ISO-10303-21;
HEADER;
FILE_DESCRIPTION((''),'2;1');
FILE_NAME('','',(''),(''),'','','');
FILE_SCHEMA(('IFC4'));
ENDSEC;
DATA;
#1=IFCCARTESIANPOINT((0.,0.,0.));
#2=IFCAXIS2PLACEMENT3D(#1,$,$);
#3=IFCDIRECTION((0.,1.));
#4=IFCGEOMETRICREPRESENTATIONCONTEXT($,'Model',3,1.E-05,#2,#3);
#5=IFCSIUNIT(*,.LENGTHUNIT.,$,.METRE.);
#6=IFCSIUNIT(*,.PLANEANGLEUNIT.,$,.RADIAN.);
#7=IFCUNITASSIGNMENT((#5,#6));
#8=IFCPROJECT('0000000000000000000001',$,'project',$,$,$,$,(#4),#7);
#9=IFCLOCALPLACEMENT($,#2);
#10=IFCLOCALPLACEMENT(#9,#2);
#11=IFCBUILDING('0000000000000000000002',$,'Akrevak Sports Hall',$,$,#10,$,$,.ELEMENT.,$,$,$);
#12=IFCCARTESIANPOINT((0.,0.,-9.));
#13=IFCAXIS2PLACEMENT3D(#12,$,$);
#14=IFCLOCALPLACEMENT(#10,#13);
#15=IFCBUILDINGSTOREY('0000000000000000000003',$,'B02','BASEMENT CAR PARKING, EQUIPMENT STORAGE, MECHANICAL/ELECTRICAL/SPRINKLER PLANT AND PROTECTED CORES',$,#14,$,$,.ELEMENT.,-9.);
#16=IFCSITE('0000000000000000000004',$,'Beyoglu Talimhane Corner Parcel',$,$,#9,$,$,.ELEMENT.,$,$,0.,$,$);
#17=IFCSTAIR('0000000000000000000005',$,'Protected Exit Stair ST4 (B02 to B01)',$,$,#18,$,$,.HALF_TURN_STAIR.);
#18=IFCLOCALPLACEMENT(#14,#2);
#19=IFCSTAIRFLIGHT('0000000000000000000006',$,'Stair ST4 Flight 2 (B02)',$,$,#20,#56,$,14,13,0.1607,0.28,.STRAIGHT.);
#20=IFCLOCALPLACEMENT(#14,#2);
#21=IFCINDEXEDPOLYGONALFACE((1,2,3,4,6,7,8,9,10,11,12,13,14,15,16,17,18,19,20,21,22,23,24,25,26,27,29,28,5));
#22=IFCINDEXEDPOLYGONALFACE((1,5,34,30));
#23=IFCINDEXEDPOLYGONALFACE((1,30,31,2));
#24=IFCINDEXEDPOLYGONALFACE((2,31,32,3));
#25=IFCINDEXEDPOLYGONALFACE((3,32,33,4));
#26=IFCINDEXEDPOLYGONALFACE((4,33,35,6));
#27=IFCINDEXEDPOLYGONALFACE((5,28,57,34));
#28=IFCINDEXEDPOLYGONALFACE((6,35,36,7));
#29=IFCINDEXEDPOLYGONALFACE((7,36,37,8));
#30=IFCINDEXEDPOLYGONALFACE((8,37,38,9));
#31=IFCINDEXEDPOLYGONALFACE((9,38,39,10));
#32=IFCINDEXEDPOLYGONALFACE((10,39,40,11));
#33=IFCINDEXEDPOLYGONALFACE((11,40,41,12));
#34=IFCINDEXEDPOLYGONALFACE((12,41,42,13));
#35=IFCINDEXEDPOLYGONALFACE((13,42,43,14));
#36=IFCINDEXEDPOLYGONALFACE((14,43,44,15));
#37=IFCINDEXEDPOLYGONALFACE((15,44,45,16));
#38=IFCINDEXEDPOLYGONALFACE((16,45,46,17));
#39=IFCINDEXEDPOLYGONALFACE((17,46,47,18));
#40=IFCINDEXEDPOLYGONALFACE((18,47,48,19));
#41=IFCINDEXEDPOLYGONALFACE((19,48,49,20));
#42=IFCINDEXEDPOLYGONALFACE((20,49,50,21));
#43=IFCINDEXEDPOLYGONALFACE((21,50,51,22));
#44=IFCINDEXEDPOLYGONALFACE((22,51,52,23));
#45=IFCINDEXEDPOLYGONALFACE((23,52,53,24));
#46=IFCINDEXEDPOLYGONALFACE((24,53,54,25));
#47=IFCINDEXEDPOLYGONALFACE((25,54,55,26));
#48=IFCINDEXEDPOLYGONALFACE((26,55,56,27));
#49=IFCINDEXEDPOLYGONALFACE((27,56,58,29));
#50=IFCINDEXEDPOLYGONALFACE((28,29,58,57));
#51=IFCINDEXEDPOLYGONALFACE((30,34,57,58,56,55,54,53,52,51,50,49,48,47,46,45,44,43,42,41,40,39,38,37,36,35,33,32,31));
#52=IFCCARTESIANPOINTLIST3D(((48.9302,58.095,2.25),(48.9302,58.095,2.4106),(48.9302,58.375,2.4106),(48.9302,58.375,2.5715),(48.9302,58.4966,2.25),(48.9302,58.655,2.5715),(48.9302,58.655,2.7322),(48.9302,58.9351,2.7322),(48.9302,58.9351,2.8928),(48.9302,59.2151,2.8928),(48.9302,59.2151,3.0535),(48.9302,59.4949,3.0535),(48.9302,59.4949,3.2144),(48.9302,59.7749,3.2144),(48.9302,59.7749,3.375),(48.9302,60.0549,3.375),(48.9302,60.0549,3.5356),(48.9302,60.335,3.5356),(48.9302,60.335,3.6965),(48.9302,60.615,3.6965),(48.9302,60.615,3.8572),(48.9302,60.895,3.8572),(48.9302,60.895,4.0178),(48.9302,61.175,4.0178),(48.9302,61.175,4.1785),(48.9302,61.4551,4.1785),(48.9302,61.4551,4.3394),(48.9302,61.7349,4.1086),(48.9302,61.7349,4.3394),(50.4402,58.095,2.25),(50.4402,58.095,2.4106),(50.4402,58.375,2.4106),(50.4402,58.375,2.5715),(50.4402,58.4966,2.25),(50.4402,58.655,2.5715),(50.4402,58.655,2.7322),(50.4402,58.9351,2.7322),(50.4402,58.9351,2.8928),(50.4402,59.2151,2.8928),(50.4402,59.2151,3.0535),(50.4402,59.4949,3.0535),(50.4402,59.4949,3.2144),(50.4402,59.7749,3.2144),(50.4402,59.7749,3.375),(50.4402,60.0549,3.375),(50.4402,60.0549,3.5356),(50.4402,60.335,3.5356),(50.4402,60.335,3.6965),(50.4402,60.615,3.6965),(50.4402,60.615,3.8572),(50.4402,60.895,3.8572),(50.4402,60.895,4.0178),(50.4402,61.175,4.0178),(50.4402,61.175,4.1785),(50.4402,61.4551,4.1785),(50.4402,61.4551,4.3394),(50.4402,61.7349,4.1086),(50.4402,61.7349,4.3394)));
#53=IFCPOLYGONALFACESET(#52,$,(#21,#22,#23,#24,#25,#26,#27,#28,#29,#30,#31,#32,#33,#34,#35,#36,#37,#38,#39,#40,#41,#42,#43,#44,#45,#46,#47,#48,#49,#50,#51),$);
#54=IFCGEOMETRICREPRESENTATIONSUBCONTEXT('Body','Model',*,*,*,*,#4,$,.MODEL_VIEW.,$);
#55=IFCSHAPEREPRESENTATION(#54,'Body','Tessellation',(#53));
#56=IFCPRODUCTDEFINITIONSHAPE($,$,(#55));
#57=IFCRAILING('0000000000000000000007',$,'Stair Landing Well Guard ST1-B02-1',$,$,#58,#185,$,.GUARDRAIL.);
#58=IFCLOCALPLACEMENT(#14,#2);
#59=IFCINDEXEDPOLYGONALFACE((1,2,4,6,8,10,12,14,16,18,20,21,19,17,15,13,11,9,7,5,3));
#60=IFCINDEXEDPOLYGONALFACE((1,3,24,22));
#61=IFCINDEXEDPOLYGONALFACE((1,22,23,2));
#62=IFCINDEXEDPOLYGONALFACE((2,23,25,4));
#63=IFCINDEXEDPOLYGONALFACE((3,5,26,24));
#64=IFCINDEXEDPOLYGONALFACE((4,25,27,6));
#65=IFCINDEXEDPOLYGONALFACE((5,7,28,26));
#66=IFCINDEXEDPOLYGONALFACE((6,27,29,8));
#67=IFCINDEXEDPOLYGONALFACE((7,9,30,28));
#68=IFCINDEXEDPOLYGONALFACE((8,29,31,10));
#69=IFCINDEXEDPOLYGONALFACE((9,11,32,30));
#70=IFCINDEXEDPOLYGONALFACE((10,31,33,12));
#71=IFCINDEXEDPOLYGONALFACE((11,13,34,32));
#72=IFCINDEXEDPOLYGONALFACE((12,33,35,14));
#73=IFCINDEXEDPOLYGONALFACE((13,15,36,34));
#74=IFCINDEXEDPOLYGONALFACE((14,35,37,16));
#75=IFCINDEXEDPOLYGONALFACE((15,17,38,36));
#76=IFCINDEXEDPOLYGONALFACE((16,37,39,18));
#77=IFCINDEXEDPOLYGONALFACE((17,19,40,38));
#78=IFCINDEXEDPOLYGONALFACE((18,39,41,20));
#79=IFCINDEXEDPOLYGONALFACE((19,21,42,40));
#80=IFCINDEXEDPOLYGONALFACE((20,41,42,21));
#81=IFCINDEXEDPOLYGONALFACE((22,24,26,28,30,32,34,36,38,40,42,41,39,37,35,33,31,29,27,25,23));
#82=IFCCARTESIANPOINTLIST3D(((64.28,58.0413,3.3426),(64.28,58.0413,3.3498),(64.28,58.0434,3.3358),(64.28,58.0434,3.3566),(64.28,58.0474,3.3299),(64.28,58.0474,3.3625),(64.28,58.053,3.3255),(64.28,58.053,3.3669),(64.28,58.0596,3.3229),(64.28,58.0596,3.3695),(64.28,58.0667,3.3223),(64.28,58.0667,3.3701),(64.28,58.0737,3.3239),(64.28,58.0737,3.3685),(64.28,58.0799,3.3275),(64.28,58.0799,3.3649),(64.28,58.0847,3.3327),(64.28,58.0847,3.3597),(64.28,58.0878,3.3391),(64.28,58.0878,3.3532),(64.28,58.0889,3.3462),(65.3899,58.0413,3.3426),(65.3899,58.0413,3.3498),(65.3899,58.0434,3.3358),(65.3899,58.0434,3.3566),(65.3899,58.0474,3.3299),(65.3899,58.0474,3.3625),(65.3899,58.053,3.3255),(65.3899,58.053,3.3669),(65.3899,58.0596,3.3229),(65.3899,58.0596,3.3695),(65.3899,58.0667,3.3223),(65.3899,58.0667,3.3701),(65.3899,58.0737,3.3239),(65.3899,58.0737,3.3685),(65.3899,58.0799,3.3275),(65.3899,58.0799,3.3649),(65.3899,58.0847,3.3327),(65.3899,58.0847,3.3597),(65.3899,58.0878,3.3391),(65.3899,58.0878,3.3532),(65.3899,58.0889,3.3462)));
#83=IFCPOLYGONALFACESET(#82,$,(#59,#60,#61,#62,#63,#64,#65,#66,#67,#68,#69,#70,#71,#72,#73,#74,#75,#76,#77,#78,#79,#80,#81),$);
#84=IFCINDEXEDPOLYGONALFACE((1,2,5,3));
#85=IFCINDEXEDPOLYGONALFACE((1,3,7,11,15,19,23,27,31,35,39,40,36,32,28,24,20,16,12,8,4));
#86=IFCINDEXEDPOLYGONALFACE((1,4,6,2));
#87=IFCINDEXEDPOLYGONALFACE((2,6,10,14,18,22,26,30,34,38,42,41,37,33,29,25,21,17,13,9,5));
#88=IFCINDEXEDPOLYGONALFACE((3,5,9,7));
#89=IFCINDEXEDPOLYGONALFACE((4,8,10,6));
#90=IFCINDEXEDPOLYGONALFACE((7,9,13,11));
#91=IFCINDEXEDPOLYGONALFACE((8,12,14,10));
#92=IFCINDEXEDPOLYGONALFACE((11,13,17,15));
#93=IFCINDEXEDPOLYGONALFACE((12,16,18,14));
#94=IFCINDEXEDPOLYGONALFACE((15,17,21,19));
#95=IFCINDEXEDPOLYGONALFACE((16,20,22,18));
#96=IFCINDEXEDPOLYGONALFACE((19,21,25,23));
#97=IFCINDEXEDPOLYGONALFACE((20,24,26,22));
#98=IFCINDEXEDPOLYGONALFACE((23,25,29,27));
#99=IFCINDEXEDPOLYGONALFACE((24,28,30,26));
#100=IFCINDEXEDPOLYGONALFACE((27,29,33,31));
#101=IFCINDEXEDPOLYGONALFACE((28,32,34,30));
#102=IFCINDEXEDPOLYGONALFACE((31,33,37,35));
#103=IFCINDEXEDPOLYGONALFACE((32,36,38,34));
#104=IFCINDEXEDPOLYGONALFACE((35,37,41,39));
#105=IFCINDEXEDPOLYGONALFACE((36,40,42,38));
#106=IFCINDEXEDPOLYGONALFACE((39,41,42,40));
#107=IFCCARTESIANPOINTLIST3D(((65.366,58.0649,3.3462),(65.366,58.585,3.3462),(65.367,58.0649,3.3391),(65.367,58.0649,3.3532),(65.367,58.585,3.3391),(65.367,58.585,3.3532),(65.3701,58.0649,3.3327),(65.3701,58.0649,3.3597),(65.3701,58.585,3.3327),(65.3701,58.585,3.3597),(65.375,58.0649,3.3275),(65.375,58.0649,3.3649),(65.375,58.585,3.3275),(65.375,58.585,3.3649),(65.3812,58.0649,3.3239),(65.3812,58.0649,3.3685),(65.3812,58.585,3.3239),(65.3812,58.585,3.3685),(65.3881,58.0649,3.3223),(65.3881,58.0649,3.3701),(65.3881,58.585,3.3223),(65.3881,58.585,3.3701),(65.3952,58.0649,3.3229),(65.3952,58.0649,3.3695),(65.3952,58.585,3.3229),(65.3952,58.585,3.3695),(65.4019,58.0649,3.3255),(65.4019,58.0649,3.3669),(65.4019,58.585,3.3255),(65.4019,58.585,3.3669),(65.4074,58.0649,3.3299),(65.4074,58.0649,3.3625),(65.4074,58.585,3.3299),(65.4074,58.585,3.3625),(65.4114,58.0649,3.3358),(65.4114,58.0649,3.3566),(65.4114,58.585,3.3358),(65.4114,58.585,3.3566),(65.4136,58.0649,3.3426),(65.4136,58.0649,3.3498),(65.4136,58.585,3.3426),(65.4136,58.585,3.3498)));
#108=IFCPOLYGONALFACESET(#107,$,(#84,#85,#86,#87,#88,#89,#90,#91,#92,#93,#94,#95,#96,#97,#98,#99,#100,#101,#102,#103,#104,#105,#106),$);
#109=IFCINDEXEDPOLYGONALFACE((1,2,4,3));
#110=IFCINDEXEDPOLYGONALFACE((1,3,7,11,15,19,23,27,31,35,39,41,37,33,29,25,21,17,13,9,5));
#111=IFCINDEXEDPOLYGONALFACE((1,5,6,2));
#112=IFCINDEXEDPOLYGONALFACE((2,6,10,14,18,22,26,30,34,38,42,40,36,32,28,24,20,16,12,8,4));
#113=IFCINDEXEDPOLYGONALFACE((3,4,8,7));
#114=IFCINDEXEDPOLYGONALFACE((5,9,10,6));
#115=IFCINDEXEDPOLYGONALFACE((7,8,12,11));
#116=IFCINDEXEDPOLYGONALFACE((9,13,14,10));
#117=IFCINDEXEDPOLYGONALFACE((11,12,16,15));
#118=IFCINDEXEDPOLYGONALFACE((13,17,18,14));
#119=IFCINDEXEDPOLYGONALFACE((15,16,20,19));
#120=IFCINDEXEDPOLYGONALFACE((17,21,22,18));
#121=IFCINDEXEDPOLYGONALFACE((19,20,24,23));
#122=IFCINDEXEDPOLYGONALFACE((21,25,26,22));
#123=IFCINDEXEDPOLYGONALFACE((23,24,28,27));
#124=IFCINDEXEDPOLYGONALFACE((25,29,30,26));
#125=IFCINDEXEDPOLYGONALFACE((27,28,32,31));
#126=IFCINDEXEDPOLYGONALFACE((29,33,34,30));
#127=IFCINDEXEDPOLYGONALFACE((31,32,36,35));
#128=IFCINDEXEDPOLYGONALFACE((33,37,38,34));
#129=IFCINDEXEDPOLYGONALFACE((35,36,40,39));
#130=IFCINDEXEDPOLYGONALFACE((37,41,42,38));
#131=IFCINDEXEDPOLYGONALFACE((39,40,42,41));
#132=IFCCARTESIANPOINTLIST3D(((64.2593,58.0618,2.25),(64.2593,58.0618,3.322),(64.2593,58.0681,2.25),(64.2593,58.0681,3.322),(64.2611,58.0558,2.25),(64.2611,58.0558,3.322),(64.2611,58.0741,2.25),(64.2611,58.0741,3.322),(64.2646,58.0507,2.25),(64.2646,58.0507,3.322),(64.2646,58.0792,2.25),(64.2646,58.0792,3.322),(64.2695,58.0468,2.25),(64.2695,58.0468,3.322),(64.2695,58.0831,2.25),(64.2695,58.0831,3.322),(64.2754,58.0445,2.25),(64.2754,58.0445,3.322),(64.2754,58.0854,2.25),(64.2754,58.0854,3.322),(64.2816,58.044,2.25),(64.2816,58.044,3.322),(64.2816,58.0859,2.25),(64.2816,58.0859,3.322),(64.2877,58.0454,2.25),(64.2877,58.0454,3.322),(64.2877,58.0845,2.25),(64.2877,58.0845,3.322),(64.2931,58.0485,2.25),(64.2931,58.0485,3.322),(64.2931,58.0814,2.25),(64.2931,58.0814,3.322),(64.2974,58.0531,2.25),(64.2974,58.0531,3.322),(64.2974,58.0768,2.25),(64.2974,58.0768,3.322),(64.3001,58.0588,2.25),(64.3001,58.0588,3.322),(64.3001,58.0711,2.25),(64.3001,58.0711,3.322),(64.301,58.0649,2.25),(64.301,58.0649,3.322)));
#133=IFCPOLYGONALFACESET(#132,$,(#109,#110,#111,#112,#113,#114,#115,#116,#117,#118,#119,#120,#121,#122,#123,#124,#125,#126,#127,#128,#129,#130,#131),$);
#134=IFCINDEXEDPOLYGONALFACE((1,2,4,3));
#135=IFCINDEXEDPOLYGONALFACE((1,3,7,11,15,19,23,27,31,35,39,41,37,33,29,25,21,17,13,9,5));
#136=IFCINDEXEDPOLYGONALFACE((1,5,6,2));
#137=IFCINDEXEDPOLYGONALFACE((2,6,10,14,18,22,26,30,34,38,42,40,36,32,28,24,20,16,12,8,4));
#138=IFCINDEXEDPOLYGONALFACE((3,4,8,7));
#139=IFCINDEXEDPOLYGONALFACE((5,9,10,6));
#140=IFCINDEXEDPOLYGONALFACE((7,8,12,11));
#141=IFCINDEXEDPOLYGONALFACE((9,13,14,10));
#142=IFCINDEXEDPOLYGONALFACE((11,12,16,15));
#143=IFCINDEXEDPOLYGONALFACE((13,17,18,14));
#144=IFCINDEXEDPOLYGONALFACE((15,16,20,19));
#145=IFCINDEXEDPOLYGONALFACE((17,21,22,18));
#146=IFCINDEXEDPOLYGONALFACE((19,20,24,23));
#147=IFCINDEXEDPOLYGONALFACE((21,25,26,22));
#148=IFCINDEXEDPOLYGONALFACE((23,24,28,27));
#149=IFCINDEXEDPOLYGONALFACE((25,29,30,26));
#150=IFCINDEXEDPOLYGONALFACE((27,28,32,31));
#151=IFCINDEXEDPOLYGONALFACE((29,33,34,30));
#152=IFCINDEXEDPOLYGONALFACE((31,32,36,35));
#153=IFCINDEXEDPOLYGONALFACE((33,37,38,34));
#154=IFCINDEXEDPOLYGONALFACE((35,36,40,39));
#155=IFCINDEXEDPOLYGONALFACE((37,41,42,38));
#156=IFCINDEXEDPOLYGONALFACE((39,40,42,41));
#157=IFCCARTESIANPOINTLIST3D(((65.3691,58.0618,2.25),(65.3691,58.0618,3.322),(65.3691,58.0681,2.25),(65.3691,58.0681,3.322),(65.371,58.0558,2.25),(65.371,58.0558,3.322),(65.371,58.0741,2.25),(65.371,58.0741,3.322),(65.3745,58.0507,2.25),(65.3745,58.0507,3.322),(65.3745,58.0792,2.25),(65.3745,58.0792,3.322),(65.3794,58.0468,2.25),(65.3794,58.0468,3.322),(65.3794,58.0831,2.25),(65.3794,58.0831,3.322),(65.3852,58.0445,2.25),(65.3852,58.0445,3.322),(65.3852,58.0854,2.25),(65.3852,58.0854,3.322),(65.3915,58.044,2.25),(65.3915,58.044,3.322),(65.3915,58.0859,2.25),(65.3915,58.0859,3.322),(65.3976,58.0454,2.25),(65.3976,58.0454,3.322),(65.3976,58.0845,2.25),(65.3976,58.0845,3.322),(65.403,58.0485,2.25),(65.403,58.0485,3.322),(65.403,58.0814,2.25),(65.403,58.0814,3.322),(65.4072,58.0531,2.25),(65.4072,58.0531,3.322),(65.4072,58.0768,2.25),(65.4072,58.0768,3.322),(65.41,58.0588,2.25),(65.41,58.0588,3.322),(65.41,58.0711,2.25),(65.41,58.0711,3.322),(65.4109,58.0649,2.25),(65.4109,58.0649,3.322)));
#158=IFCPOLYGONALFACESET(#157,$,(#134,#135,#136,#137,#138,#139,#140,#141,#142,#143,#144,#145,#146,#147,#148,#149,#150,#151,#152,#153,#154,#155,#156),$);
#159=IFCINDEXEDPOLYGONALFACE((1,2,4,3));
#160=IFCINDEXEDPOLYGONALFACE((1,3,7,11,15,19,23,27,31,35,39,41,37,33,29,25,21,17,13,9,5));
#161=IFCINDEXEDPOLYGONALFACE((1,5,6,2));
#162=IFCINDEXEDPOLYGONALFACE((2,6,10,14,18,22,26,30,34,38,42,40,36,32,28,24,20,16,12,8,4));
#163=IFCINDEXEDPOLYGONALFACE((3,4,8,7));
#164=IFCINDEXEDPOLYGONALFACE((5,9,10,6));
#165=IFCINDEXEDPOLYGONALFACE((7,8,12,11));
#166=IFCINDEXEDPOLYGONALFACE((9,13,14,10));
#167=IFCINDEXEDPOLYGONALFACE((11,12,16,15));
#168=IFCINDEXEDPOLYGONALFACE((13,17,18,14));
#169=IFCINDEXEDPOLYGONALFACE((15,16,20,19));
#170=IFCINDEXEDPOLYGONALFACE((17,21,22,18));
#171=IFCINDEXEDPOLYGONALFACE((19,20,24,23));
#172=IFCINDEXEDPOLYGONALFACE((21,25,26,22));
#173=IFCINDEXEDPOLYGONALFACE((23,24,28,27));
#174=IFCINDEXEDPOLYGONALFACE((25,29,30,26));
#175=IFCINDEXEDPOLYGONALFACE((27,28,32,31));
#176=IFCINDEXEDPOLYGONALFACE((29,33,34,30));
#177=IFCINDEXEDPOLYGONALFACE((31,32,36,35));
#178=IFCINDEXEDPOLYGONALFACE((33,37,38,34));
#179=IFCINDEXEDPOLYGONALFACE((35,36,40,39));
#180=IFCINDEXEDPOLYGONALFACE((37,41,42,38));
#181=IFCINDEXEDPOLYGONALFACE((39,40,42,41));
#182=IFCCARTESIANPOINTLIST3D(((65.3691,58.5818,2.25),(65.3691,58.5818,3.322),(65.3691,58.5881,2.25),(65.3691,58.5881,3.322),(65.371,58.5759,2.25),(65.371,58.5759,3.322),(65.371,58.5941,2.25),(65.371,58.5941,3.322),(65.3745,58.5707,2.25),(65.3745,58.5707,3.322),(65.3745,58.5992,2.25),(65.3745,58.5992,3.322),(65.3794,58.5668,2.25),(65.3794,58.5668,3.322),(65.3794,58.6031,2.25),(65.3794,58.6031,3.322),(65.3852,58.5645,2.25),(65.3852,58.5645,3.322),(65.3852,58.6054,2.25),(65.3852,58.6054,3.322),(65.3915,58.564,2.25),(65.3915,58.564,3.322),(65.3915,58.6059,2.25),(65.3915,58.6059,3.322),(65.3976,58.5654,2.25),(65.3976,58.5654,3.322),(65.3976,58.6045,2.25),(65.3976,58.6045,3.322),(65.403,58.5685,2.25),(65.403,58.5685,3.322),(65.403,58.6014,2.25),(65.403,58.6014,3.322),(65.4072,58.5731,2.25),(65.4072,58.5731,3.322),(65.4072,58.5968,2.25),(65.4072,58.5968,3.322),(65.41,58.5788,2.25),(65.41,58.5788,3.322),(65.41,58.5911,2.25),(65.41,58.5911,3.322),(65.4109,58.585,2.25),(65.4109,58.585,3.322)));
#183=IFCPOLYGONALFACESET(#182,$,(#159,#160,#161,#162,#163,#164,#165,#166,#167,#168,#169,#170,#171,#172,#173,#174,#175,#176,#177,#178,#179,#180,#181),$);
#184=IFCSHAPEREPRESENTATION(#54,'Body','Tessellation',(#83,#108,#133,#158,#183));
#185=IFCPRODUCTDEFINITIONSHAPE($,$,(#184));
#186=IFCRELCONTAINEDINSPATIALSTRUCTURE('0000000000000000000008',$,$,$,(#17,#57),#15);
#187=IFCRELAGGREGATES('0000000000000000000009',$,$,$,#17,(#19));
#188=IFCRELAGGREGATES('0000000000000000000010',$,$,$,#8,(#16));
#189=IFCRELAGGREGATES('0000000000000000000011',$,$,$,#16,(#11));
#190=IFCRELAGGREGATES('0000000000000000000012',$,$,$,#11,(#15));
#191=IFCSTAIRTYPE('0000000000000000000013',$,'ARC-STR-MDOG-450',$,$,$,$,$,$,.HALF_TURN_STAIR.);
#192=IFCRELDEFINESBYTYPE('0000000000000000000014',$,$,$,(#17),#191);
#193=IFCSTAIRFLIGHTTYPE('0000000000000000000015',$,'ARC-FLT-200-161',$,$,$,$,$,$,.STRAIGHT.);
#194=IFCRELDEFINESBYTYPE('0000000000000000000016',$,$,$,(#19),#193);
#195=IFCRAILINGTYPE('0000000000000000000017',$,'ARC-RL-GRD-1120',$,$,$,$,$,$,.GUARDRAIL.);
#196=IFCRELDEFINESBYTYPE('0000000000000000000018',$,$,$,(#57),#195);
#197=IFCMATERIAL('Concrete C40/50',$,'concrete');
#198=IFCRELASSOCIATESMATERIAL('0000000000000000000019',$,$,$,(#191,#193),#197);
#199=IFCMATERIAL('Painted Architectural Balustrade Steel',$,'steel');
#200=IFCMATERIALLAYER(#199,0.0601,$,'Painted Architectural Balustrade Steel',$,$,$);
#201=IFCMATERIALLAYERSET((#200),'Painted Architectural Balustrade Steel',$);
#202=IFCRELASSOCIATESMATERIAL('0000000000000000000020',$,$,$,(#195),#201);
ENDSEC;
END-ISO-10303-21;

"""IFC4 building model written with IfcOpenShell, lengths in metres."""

from ifc_helpers import new_model, si_unit, direction, frame, origin, origin_2d, place, context, subcontext, project, spatial, polyline, circle, outline, extrude, material, layer, layer_set, type_object, element, aggregate, save


model = new_model("IFC4")

# Units and contexts
model_context = context("Model", 3, precision=1e-05, world=origin(), true_north=direction((0.0, 1.0)))
body_context = subcontext(model_context, "Body", "Model", "MODEL_VIEW")
ifc_project = project(units=[si_unit("LENGTHUNIT", "METRE"), si_unit("PLANEANGLEUNIT", "RADIAN")], contexts=[model_context])

# Site, building, storey
site_placement = place(None, origin())
site = spatial("IfcSite", under=ifc_project, at=site_placement, Name="Beyoglu Talimhane Corner Parcel", CompositionType="ELEMENT", RefElevation=0.0)
building_placement = place(site_placement, origin())
building = spatial("IfcBuilding", under=site, at=building_placement, Name="Akrevak Sports Hall", CompositionType="ELEMENT")
storey_placement = place(building_placement, frame((0.0, 0.0, -9.0)))
storey = spatial("IfcBuildingStorey", under=building, at=storey_placement, Name="B02", Description="BASEMENT CAR PARKING, EQUIPMENT STORAGE, MECHANICAL/ELECTRICAL/SPRINKLER PLANT AND PROTECTED CORES", CompositionType="ELEMENT", Elevation=-9.0)

# Shared definitions
ifc_material_1 = material(Name="Concrete C40/50", Category="concrete")

# Stair, stair flight
stair_type_1 = type_object("IfcStairType", Name="ARC-STR-MDOG-450", PredefinedType="HALF_TURN_STAIR", material=ifc_material_1)
stair_1_placement = place(storey_placement, origin())
stair_1 = element("IfcStair", 1, at=stair_1_placement, inside=storey, type_object=stair_type_1, Name="Protected Exit Stair ST4 (B02 to B01)", PredefinedType="HALF_TURN_STAIR")
stair_flight_type_1 = type_object("IfcStairFlightType", Name="ARC-FLT-200-161", PredefinedType="STRAIGHT", material=ifc_material_1)
stair_flight_1_placement = place(storey_placement, frame((49.6851, 58.095, 2.25), z_axis=(0.0, 0.0, 1.0), x_axis=(0.0, 1.0, 0.0)))
stair_flight_1 = element("IfcStairFlight", 2, at=stair_flight_1_placement, type_object=stair_flight_type_1, Name="Stair ST4 Flight 2 (B02)", NumberOfRisers=14, NumberOfTreads=13, PredefinedType="STRAIGHT", RiserHeight=0.1607, TreadLength=0.28, context=body_context, shape_type="SweptSolid", body=[
    extrude(outline(polyline([(0.0, 0.0), (0.0, 0.1606), (0.28, 0.1606), (0.28, 0.3215), (0.5601, 0.3215), (0.5601, 0.4822), (0.8401, 0.4822), (0.8401, 0.6428), (1.1201, 0.6428), (1.1201, 0.8035), (1.3999, 0.8035), (1.3999, 0.9644), (1.6799, 0.9644), (1.6799, 1.125), (1.96, 1.125), (1.96, 1.2856), (2.24, 1.2856), (2.24, 1.4465), (2.52, 1.4465), (2.52, 1.6072), (2.8, 1.6072), (2.8, 1.7678), (3.0801, 1.7678), (3.0801, 1.9285), (3.3601, 1.9285), (3.3601, 2.0894), (3.6399, 2.0894), (3.6399, 2.25), (3.6399, 1.8586), (0.4016, 0.0), (0.0, 0.0)])), frame((0.0, 0.7549, 0.0), z_axis=(0.0, -1.0, 0.0), x_axis=(1.0, 0.0, 0.0)), (0.0, 0.0, 1.0), 1.51),
])
aggregate(stair_1, [stair_flight_1])

# Railing
ifc_material_2 = material(Name="Painted Architectural Balustrade Steel", Category="steel")
ifc_layer_1 = layer(ifc_material_2, 0.0601, Name="Painted Architectural Balustrade Steel")
ifc_layer_set_1 = layer_set([ifc_layer_1], Name="Painted Architectural Balustrade Steel")
railing_type_1 = type_object("IfcRailingType", Name="ARC-RL-GRD-1120", PredefinedType="GUARDRAIL", material=ifc_layer_set_1)
railing_1_placement = place(storey_placement, frame((64.28, 58.0649, 2.25)))
element("IfcRailing", 3, at=railing_1_placement, inside=storey, type_object=railing_type_1, Name="Stair Landing Well Guard ST1-B02-1", PredefinedType="GUARDRAIL", context=body_context, shape_type="SweptSolid", body=[
    extrude(circle(Radius=0.0239, at=origin_2d()), frame((0.0, 0.0, 1.0962), z_axis=(1.0, 0.0, 0.0), x_axis=(0.0, 1.0, 0.0)), (0.0, 0.0, 1.0), 1.1099),
    extrude(circle(Radius=0.0239, at=origin_2d()), frame((1.1099, 0.0, 1.0962), z_axis=(0.0, 1.0, 0.0), x_axis=(-1.0, 0.0, 0.0)), (0.0, 0.0, 1.0), 0.52),
    extrude(circle(Radius=0.021, at=origin_2d()), origin(), (0.0, 0.0, 1.0), 1.072),
    extrude(circle(Radius=0.021, at=origin_2d()), frame((1.1099, 0.0, 0.0)), (0.0, 0.0, 1.0), 1.072),
    extrude(circle(Radius=0.021, at=origin_2d()), frame((1.1099, 0.52, 0.0)), (0.0, 0.0, 1.0), 1.072),
])

save(model, "model.ifc")
